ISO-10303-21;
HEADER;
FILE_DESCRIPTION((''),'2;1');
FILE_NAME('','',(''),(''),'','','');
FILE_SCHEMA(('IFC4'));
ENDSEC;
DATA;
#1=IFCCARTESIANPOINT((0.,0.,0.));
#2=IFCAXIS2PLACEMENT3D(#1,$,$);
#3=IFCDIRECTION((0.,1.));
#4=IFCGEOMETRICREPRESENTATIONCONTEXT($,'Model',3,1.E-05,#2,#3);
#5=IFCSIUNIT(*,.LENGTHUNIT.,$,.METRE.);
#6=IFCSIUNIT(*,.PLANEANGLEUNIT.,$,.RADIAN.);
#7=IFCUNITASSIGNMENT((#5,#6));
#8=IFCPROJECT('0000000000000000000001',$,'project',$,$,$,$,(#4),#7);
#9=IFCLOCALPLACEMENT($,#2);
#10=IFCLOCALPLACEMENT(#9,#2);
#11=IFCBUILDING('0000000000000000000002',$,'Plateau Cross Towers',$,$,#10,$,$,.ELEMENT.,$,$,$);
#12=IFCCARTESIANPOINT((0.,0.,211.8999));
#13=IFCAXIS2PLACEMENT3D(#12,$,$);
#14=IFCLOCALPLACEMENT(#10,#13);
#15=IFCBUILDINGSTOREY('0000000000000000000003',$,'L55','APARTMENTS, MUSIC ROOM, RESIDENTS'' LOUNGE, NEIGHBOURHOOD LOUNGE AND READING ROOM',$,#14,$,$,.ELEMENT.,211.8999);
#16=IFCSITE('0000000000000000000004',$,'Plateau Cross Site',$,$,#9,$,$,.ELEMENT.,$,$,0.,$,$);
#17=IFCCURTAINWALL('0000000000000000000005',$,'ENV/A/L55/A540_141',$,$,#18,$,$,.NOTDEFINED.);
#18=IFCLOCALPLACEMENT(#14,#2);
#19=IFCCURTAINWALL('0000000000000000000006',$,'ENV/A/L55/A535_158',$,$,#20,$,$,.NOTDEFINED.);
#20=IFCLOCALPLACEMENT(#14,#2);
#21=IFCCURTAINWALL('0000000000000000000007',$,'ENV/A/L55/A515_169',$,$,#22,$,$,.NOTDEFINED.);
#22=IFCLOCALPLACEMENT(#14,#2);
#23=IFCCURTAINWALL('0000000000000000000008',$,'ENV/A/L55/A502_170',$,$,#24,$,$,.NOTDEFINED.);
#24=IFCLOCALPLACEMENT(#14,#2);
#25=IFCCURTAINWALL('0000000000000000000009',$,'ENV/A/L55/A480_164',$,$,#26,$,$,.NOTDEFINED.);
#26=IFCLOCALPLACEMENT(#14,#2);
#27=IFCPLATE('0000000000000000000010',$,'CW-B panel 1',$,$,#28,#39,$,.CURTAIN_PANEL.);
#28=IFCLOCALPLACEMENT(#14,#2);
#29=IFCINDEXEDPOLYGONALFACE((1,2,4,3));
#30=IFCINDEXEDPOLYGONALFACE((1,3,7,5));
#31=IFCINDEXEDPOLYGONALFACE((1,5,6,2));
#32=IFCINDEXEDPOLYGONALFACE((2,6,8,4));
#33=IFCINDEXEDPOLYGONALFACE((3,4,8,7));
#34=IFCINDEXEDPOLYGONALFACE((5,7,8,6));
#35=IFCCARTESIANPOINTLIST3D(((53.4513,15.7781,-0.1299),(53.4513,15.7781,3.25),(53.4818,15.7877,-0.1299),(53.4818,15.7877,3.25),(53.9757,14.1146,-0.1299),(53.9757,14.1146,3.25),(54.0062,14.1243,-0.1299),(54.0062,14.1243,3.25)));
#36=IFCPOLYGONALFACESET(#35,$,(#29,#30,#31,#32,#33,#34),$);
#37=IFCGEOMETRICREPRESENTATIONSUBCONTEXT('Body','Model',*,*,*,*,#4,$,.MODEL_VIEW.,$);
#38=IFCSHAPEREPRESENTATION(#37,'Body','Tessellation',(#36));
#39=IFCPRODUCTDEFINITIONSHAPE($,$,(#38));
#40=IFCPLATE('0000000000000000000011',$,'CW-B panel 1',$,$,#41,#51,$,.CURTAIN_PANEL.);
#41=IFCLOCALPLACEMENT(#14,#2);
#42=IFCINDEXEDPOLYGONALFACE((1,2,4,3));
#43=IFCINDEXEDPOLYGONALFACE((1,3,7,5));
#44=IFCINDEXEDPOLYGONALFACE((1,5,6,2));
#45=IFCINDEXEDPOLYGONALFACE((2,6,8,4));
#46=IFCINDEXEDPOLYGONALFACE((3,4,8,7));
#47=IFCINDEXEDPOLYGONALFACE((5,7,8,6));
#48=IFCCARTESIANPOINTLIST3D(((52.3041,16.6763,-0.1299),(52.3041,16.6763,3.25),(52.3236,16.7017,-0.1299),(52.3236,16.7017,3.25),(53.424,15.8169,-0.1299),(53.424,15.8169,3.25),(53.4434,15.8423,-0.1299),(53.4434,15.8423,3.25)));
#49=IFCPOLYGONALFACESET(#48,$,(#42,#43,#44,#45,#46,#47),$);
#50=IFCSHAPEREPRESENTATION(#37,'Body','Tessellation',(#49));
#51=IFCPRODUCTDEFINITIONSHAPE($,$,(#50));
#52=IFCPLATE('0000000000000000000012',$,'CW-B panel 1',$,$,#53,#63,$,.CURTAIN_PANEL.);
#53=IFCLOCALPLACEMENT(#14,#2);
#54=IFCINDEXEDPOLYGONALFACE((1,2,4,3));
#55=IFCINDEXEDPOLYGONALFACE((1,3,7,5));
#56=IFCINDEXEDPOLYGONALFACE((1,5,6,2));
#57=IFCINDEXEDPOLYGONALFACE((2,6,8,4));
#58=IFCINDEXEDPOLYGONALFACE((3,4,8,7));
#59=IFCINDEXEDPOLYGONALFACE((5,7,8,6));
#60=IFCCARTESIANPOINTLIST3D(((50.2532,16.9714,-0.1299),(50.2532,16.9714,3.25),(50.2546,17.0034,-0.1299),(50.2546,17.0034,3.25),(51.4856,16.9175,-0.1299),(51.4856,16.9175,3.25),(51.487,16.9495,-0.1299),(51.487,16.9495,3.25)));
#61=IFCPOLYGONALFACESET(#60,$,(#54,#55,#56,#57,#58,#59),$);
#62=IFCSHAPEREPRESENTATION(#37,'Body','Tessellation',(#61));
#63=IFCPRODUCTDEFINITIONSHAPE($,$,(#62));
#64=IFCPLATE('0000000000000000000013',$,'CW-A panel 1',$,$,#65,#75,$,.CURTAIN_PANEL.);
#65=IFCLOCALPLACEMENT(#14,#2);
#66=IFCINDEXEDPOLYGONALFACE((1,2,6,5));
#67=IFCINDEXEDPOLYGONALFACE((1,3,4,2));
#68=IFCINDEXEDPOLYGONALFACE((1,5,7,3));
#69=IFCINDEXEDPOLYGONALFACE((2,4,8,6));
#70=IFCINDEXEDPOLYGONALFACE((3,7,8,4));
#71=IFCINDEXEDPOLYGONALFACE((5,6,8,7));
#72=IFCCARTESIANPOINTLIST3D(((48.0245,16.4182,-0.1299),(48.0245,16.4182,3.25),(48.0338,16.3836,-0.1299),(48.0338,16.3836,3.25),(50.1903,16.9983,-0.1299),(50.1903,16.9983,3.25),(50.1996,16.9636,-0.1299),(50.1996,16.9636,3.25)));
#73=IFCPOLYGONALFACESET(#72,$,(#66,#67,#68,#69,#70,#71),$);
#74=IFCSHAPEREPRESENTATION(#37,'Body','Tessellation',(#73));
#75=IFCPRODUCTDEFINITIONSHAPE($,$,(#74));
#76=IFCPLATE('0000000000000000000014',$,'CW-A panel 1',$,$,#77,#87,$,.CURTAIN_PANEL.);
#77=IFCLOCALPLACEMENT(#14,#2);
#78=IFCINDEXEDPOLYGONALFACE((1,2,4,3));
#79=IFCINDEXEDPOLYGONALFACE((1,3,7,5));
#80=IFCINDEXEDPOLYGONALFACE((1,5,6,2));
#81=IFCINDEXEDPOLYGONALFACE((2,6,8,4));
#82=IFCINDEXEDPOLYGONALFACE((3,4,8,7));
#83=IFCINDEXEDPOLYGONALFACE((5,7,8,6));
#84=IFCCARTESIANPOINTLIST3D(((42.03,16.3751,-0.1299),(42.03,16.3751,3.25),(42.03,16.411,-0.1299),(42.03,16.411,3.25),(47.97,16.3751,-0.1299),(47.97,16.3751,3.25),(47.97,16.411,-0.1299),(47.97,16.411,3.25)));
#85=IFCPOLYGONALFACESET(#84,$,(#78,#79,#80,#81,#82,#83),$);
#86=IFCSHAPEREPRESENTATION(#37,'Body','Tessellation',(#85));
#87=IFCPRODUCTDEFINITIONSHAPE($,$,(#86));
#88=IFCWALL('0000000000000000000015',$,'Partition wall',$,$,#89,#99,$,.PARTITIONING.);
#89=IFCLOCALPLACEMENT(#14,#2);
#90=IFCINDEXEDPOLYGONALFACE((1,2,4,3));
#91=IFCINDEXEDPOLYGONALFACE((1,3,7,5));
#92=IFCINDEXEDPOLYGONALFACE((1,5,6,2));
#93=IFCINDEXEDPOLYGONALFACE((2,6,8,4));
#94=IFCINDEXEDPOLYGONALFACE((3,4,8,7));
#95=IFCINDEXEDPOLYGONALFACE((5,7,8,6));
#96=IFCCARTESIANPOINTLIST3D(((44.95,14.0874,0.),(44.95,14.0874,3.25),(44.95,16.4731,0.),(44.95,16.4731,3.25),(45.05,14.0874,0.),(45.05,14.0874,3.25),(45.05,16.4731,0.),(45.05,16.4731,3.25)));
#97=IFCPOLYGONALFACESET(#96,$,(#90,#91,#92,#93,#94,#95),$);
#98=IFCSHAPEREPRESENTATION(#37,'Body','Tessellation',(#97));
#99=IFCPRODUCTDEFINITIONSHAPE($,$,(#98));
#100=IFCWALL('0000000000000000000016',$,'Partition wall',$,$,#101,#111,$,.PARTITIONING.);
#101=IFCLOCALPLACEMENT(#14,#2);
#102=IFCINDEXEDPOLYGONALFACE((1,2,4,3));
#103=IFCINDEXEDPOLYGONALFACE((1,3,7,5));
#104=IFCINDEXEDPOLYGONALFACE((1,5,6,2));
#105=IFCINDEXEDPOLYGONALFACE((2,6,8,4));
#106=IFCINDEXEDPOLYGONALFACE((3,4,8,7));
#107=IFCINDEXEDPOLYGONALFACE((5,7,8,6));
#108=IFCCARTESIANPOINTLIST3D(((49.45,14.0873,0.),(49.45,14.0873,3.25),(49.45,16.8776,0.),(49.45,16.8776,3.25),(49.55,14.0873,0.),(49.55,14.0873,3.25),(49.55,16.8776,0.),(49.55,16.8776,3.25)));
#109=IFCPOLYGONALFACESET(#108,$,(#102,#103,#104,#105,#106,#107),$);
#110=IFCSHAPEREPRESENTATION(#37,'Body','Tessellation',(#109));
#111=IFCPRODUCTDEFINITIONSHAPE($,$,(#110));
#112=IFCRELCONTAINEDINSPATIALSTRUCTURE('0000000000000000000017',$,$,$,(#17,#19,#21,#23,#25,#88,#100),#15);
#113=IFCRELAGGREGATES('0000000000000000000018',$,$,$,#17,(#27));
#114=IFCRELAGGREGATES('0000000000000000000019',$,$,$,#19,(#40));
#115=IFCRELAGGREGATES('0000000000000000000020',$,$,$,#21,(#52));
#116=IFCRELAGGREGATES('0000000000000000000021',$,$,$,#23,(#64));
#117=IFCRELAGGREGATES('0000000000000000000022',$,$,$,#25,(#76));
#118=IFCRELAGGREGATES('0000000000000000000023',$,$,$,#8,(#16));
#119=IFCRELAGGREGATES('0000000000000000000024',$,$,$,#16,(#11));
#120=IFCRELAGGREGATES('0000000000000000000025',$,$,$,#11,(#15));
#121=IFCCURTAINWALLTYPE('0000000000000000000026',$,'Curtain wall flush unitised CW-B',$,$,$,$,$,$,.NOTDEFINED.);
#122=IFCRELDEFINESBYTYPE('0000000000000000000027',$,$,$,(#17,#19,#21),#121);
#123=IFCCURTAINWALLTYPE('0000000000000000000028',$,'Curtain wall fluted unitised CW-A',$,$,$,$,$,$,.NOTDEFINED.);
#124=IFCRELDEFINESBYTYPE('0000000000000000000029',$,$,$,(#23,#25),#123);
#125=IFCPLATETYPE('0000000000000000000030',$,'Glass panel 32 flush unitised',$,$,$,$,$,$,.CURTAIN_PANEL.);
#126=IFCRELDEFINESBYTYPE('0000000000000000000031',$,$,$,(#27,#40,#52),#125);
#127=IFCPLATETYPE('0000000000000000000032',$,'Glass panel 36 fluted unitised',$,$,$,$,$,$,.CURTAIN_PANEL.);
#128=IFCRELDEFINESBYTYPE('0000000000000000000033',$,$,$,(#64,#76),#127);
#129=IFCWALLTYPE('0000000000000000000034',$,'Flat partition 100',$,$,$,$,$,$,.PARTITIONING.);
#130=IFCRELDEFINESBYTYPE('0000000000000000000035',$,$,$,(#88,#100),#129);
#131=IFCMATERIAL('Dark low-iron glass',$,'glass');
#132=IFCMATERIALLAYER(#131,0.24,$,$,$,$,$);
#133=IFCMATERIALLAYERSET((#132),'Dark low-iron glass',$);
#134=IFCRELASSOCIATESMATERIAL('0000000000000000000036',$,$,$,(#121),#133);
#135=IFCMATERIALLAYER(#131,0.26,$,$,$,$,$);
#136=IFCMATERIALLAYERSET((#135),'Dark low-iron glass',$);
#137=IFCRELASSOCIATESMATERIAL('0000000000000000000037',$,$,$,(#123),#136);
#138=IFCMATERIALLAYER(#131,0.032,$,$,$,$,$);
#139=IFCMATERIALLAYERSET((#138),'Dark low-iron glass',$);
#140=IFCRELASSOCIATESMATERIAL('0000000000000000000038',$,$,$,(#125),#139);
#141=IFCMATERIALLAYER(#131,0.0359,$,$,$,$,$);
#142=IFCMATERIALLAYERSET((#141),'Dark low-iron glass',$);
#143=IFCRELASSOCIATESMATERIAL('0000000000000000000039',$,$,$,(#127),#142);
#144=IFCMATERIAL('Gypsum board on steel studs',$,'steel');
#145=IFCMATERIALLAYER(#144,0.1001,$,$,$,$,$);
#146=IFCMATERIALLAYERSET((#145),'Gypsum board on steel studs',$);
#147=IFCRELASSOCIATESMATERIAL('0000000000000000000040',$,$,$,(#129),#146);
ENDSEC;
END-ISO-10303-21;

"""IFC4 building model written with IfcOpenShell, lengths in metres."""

from ifc_helpers import new_model, si_unit, direction, frame, frame_2d, origin, origin_2d, place, context, subcontext, project, spatial, rectangle, extrude, material, layer, layer_set, type_object, element, aggregate, save


model = new_model("IFC4")

# Units and contexts
model_context = context("Model", 3, precision=1e-05, world=origin(), true_north=direction((0.0, 1.0)))
body_context = subcontext(model_context, "Body", "Model", "MODEL_VIEW")
ifc_project = project(units=[si_unit("LENGTHUNIT", "METRE"), si_unit("PLANEANGLEUNIT", "RADIAN")], contexts=[model_context])

# Site, building, storey
site_placement = place(None, origin())
site = spatial("IfcSite", under=ifc_project, at=site_placement, Name="Plateau Cross Site", CompositionType="ELEMENT", RefElevation=0.0)
building_placement = place(site_placement, origin())
building = spatial("IfcBuilding", under=site, at=building_placement, Name="Plateau Cross Towers", CompositionType="ELEMENT")
storey_placement = place(building_placement, frame((0.0, 0.0, 211.8999)))
storey = spatial("IfcBuildingStorey", under=building, at=storey_placement, Name="L55", Description="APARTMENTS, MUSIC ROOM, RESIDENTS' LOUNGE, NEIGHBOURHOOD LOUNGE AND READING ROOM", CompositionType="ELEMENT", Elevation=211.8999)

# Curtain wall
ifc_material_1 = material(Name="Dark low-iron glass", Category="glass")
ifc_layer_1 = layer(ifc_material_1, 0.24)
ifc_layer_set_1 = layer_set([ifc_layer_1], Name="Dark low-iron glass")
curtain_wall_type_1 = type_object("IfcCurtainWallType", Name="Curtain wall flush unitised CW-B", PredefinedType="NOTDEFINED", material=ifc_layer_set_1)
curtain_wall_1_placement = place(storey_placement, origin())
curtain_wall_1 = element("IfcCurtainWall", 1, at=curtain_wall_1_placement, inside=storey, type_object=curtain_wall_type_1, Name="ENV/A/L55/A540_141", PredefinedType="NOTDEFINED")

# Curtain wall
curtain_wall_2_placement = place(storey_placement, origin())
curtain_wall_2 = element("IfcCurtainWall", 2, at=curtain_wall_2_placement, inside=storey, type_object=curtain_wall_type_1, Name="ENV/A/L55/A535_158", PredefinedType="NOTDEFINED")

# Curtain walls
curtain_wall_3_placement = place(storey_placement, origin())
curtain_wall_3 = element("IfcCurtainWall", 3, at=curtain_wall_3_placement, inside=storey, type_object=curtain_wall_type_1, Name="ENV/A/L55/A515_169", PredefinedType="NOTDEFINED")
ifc_layer_2 = layer(ifc_material_1, 0.26)
ifc_layer_set_2 = layer_set([ifc_layer_2], Name="Dark low-iron glass")
curtain_wall_type_2 = type_object("IfcCurtainWallType", Name="Curtain wall fluted unitised CW-A", PredefinedType="NOTDEFINED", material=ifc_layer_set_2)
curtain_wall_4_placement = place(storey_placement, origin())
curtain_wall_4 = element("IfcCurtainWall", 4, at=curtain_wall_4_placement, inside=storey, type_object=curtain_wall_type_2, Name="ENV/A/L55/A502_170", PredefinedType="NOTDEFINED")
curtain_wall_5_placement = place(storey_placement, origin())
curtain_wall_5 = element("IfcCurtainWall", 5, at=curtain_wall_5_placement, inside=storey, type_object=curtain_wall_type_2, Name="ENV/A/L55/A480_164", PredefinedType="NOTDEFINED")

# Plates
ifc_layer_3 = layer(ifc_material_1, 0.032)
ifc_layer_set_3 = layer_set([ifc_layer_3], Name="Dark low-iron glass")
plate_type_1 = type_object("IfcPlateType", Name="Glass panel 32 flush unitised", PredefinedType="CURTAIN_PANEL", material=ifc_layer_set_3)
plate_1_placement = place(storey_placement, frame((53.7288, 14.9512, -0.1299), z_axis=(0.0, 0.0, 1.0), x_axis=(-0.300686, 0.953723, 0.0)))
plate_1 = element("IfcPlate", 6, at=plate_1_placement, type_object=plate_type_1, Name="CW-B panel 1", PredefinedType="CURTAIN_PANEL", context=body_context, shape_type="SweptSolid", body=[
    extrude(rectangle(XDim=1.7441, YDim=0.032, at=origin_2d()), origin(), (0.0, 0.0, 1.0), 3.3799),
])
aggregate(curtain_wall_1, [plate_1])
plate_2_placement = place(storey_placement, frame((52.8738, 16.2593, -0.1299), z_axis=(0.0, 0.0, 1.0), x_axis=(-0.793316, 0.608811, 0.0)))
plate_2 = element("IfcPlate", 7, at=plate_2_placement, type_object=plate_type_1, Name="CW-B panel 1", PredefinedType="CURTAIN_PANEL", context=body_context, shape_type="SweptSolid", body=[
    extrude(rectangle(XDim=1.4116, YDim=0.032, at=origin_2d()), origin(), (0.0, 0.0, 1.0), 3.3799),
])
aggregate(curtain_wall_2, [plate_2])
plate_3_placement = place(storey_placement, frame((50.8701, 16.9604, -0.1299), z_axis=(0.0, 0.0, 1.0), x_axis=(-0.999044, 0.043723, 0.0)))
plate_3 = element("IfcPlate", 8, at=plate_3_placement, type_object=plate_type_1, Name="CW-B panel 1", PredefinedType="CURTAIN_PANEL", context=body_context, shape_type="SweptSolid", body=[
    extrude(rectangle(XDim=1.2336, YDim=0.032, at=origin_2d()), origin(), (0.0, 0.0, 1.0), 3.3799),
])
aggregate(curtain_wall_3, [plate_3])
ifc_layer_4 = layer(ifc_material_1, 0.0359)
ifc_layer_set_4 = layer_set([ifc_layer_4], Name="Dark low-iron glass")
plate_type_2 = type_object("IfcPlateType", Name="Glass panel 36 fluted unitised", PredefinedType="CURTAIN_PANEL", material=ifc_layer_set_4)
plate_4_placement = place(storey_placement, frame((49.1121, 16.6909, -0.1299), z_axis=(0.0, 0.0, 1.0), x_axis=(-0.965958, -0.258699, 0.0)))
plate_4 = element("IfcPlate", 9, at=plate_4_placement, type_object=plate_type_2, Name="CW-A panel 1", PredefinedType="CURTAIN_PANEL", context=body_context, shape_type="SweptSolid", body=[
    extrude(rectangle(XDim=2.2422, YDim=0.0359, at=origin_2d()), origin(), (0.0, 0.0, 1.0), 3.3799),
])
aggregate(curtain_wall_4, [plate_4])
plate_5_placement = place(storey_placement, frame((45.0, 16.3931, -0.1299), z_axis=(0.0, 0.0, 1.0), x_axis=(-1.0, 0.0, 0.0)))
plate_5 = element("IfcPlate", 10, at=plate_5_placement, type_object=plate_type_2, Name="CW-A panel 1", PredefinedType="CURTAIN_PANEL", context=body_context, shape_type="SweptSolid", body=[
    extrude(rectangle(XDim=5.9399, YDim=0.0359, at=origin_2d()), origin(), (0.0, 0.0, 1.0), 3.3799),
])
aggregate(curtain_wall_5, [plate_5])

# Walls
ifc_material_2 = material(Name="Gypsum board on steel studs", Category="steel")
ifc_layer_5 = layer(ifc_material_2, 0.1001)
ifc_layer_set_5 = layer_set([ifc_layer_5], Name="Gypsum board on steel studs")
wall_type = type_object("IfcWallType", Name="Flat partition 100", PredefinedType="PARTITIONING", material=ifc_layer_set_5)
wall_1_placement = place(storey_placement, frame((45.0, 14.0874, 0.0), z_axis=(0.0, 0.0, 1.0), x_axis=(0.0, 1.0, 0.0)))
element("IfcWall", 11, at=wall_1_placement, inside=storey, type_object=wall_type, Name="Partition wall", PredefinedType="PARTITIONING", context=body_context, shape_type="SweptSolid", body=[
    extrude(rectangle(XDim=2.3857, YDim=0.1001, at=frame_2d((1.1929, 0.0))), origin(), (0.0, 0.0, 1.0), 3.25),
])
wall_2_placement = place(storey_placement, frame((49.5, 14.0874, 0.0), z_axis=(0.0, 0.0, 1.0), x_axis=(0.0, 1.0, 0.0)))
element("IfcWall", 12, at=wall_2_placement, inside=storey, type_object=wall_type, Name="Partition wall", PredefinedType="PARTITIONING", context=body_context, shape_type="SweptSolid", body=[
    extrude(rectangle(XDim=2.7903, YDim=0.1001, at=frame_2d((1.395, 0.0))), origin(), (0.0, 0.0, 1.0), 3.25),
])

save(model, "model.ifc")
